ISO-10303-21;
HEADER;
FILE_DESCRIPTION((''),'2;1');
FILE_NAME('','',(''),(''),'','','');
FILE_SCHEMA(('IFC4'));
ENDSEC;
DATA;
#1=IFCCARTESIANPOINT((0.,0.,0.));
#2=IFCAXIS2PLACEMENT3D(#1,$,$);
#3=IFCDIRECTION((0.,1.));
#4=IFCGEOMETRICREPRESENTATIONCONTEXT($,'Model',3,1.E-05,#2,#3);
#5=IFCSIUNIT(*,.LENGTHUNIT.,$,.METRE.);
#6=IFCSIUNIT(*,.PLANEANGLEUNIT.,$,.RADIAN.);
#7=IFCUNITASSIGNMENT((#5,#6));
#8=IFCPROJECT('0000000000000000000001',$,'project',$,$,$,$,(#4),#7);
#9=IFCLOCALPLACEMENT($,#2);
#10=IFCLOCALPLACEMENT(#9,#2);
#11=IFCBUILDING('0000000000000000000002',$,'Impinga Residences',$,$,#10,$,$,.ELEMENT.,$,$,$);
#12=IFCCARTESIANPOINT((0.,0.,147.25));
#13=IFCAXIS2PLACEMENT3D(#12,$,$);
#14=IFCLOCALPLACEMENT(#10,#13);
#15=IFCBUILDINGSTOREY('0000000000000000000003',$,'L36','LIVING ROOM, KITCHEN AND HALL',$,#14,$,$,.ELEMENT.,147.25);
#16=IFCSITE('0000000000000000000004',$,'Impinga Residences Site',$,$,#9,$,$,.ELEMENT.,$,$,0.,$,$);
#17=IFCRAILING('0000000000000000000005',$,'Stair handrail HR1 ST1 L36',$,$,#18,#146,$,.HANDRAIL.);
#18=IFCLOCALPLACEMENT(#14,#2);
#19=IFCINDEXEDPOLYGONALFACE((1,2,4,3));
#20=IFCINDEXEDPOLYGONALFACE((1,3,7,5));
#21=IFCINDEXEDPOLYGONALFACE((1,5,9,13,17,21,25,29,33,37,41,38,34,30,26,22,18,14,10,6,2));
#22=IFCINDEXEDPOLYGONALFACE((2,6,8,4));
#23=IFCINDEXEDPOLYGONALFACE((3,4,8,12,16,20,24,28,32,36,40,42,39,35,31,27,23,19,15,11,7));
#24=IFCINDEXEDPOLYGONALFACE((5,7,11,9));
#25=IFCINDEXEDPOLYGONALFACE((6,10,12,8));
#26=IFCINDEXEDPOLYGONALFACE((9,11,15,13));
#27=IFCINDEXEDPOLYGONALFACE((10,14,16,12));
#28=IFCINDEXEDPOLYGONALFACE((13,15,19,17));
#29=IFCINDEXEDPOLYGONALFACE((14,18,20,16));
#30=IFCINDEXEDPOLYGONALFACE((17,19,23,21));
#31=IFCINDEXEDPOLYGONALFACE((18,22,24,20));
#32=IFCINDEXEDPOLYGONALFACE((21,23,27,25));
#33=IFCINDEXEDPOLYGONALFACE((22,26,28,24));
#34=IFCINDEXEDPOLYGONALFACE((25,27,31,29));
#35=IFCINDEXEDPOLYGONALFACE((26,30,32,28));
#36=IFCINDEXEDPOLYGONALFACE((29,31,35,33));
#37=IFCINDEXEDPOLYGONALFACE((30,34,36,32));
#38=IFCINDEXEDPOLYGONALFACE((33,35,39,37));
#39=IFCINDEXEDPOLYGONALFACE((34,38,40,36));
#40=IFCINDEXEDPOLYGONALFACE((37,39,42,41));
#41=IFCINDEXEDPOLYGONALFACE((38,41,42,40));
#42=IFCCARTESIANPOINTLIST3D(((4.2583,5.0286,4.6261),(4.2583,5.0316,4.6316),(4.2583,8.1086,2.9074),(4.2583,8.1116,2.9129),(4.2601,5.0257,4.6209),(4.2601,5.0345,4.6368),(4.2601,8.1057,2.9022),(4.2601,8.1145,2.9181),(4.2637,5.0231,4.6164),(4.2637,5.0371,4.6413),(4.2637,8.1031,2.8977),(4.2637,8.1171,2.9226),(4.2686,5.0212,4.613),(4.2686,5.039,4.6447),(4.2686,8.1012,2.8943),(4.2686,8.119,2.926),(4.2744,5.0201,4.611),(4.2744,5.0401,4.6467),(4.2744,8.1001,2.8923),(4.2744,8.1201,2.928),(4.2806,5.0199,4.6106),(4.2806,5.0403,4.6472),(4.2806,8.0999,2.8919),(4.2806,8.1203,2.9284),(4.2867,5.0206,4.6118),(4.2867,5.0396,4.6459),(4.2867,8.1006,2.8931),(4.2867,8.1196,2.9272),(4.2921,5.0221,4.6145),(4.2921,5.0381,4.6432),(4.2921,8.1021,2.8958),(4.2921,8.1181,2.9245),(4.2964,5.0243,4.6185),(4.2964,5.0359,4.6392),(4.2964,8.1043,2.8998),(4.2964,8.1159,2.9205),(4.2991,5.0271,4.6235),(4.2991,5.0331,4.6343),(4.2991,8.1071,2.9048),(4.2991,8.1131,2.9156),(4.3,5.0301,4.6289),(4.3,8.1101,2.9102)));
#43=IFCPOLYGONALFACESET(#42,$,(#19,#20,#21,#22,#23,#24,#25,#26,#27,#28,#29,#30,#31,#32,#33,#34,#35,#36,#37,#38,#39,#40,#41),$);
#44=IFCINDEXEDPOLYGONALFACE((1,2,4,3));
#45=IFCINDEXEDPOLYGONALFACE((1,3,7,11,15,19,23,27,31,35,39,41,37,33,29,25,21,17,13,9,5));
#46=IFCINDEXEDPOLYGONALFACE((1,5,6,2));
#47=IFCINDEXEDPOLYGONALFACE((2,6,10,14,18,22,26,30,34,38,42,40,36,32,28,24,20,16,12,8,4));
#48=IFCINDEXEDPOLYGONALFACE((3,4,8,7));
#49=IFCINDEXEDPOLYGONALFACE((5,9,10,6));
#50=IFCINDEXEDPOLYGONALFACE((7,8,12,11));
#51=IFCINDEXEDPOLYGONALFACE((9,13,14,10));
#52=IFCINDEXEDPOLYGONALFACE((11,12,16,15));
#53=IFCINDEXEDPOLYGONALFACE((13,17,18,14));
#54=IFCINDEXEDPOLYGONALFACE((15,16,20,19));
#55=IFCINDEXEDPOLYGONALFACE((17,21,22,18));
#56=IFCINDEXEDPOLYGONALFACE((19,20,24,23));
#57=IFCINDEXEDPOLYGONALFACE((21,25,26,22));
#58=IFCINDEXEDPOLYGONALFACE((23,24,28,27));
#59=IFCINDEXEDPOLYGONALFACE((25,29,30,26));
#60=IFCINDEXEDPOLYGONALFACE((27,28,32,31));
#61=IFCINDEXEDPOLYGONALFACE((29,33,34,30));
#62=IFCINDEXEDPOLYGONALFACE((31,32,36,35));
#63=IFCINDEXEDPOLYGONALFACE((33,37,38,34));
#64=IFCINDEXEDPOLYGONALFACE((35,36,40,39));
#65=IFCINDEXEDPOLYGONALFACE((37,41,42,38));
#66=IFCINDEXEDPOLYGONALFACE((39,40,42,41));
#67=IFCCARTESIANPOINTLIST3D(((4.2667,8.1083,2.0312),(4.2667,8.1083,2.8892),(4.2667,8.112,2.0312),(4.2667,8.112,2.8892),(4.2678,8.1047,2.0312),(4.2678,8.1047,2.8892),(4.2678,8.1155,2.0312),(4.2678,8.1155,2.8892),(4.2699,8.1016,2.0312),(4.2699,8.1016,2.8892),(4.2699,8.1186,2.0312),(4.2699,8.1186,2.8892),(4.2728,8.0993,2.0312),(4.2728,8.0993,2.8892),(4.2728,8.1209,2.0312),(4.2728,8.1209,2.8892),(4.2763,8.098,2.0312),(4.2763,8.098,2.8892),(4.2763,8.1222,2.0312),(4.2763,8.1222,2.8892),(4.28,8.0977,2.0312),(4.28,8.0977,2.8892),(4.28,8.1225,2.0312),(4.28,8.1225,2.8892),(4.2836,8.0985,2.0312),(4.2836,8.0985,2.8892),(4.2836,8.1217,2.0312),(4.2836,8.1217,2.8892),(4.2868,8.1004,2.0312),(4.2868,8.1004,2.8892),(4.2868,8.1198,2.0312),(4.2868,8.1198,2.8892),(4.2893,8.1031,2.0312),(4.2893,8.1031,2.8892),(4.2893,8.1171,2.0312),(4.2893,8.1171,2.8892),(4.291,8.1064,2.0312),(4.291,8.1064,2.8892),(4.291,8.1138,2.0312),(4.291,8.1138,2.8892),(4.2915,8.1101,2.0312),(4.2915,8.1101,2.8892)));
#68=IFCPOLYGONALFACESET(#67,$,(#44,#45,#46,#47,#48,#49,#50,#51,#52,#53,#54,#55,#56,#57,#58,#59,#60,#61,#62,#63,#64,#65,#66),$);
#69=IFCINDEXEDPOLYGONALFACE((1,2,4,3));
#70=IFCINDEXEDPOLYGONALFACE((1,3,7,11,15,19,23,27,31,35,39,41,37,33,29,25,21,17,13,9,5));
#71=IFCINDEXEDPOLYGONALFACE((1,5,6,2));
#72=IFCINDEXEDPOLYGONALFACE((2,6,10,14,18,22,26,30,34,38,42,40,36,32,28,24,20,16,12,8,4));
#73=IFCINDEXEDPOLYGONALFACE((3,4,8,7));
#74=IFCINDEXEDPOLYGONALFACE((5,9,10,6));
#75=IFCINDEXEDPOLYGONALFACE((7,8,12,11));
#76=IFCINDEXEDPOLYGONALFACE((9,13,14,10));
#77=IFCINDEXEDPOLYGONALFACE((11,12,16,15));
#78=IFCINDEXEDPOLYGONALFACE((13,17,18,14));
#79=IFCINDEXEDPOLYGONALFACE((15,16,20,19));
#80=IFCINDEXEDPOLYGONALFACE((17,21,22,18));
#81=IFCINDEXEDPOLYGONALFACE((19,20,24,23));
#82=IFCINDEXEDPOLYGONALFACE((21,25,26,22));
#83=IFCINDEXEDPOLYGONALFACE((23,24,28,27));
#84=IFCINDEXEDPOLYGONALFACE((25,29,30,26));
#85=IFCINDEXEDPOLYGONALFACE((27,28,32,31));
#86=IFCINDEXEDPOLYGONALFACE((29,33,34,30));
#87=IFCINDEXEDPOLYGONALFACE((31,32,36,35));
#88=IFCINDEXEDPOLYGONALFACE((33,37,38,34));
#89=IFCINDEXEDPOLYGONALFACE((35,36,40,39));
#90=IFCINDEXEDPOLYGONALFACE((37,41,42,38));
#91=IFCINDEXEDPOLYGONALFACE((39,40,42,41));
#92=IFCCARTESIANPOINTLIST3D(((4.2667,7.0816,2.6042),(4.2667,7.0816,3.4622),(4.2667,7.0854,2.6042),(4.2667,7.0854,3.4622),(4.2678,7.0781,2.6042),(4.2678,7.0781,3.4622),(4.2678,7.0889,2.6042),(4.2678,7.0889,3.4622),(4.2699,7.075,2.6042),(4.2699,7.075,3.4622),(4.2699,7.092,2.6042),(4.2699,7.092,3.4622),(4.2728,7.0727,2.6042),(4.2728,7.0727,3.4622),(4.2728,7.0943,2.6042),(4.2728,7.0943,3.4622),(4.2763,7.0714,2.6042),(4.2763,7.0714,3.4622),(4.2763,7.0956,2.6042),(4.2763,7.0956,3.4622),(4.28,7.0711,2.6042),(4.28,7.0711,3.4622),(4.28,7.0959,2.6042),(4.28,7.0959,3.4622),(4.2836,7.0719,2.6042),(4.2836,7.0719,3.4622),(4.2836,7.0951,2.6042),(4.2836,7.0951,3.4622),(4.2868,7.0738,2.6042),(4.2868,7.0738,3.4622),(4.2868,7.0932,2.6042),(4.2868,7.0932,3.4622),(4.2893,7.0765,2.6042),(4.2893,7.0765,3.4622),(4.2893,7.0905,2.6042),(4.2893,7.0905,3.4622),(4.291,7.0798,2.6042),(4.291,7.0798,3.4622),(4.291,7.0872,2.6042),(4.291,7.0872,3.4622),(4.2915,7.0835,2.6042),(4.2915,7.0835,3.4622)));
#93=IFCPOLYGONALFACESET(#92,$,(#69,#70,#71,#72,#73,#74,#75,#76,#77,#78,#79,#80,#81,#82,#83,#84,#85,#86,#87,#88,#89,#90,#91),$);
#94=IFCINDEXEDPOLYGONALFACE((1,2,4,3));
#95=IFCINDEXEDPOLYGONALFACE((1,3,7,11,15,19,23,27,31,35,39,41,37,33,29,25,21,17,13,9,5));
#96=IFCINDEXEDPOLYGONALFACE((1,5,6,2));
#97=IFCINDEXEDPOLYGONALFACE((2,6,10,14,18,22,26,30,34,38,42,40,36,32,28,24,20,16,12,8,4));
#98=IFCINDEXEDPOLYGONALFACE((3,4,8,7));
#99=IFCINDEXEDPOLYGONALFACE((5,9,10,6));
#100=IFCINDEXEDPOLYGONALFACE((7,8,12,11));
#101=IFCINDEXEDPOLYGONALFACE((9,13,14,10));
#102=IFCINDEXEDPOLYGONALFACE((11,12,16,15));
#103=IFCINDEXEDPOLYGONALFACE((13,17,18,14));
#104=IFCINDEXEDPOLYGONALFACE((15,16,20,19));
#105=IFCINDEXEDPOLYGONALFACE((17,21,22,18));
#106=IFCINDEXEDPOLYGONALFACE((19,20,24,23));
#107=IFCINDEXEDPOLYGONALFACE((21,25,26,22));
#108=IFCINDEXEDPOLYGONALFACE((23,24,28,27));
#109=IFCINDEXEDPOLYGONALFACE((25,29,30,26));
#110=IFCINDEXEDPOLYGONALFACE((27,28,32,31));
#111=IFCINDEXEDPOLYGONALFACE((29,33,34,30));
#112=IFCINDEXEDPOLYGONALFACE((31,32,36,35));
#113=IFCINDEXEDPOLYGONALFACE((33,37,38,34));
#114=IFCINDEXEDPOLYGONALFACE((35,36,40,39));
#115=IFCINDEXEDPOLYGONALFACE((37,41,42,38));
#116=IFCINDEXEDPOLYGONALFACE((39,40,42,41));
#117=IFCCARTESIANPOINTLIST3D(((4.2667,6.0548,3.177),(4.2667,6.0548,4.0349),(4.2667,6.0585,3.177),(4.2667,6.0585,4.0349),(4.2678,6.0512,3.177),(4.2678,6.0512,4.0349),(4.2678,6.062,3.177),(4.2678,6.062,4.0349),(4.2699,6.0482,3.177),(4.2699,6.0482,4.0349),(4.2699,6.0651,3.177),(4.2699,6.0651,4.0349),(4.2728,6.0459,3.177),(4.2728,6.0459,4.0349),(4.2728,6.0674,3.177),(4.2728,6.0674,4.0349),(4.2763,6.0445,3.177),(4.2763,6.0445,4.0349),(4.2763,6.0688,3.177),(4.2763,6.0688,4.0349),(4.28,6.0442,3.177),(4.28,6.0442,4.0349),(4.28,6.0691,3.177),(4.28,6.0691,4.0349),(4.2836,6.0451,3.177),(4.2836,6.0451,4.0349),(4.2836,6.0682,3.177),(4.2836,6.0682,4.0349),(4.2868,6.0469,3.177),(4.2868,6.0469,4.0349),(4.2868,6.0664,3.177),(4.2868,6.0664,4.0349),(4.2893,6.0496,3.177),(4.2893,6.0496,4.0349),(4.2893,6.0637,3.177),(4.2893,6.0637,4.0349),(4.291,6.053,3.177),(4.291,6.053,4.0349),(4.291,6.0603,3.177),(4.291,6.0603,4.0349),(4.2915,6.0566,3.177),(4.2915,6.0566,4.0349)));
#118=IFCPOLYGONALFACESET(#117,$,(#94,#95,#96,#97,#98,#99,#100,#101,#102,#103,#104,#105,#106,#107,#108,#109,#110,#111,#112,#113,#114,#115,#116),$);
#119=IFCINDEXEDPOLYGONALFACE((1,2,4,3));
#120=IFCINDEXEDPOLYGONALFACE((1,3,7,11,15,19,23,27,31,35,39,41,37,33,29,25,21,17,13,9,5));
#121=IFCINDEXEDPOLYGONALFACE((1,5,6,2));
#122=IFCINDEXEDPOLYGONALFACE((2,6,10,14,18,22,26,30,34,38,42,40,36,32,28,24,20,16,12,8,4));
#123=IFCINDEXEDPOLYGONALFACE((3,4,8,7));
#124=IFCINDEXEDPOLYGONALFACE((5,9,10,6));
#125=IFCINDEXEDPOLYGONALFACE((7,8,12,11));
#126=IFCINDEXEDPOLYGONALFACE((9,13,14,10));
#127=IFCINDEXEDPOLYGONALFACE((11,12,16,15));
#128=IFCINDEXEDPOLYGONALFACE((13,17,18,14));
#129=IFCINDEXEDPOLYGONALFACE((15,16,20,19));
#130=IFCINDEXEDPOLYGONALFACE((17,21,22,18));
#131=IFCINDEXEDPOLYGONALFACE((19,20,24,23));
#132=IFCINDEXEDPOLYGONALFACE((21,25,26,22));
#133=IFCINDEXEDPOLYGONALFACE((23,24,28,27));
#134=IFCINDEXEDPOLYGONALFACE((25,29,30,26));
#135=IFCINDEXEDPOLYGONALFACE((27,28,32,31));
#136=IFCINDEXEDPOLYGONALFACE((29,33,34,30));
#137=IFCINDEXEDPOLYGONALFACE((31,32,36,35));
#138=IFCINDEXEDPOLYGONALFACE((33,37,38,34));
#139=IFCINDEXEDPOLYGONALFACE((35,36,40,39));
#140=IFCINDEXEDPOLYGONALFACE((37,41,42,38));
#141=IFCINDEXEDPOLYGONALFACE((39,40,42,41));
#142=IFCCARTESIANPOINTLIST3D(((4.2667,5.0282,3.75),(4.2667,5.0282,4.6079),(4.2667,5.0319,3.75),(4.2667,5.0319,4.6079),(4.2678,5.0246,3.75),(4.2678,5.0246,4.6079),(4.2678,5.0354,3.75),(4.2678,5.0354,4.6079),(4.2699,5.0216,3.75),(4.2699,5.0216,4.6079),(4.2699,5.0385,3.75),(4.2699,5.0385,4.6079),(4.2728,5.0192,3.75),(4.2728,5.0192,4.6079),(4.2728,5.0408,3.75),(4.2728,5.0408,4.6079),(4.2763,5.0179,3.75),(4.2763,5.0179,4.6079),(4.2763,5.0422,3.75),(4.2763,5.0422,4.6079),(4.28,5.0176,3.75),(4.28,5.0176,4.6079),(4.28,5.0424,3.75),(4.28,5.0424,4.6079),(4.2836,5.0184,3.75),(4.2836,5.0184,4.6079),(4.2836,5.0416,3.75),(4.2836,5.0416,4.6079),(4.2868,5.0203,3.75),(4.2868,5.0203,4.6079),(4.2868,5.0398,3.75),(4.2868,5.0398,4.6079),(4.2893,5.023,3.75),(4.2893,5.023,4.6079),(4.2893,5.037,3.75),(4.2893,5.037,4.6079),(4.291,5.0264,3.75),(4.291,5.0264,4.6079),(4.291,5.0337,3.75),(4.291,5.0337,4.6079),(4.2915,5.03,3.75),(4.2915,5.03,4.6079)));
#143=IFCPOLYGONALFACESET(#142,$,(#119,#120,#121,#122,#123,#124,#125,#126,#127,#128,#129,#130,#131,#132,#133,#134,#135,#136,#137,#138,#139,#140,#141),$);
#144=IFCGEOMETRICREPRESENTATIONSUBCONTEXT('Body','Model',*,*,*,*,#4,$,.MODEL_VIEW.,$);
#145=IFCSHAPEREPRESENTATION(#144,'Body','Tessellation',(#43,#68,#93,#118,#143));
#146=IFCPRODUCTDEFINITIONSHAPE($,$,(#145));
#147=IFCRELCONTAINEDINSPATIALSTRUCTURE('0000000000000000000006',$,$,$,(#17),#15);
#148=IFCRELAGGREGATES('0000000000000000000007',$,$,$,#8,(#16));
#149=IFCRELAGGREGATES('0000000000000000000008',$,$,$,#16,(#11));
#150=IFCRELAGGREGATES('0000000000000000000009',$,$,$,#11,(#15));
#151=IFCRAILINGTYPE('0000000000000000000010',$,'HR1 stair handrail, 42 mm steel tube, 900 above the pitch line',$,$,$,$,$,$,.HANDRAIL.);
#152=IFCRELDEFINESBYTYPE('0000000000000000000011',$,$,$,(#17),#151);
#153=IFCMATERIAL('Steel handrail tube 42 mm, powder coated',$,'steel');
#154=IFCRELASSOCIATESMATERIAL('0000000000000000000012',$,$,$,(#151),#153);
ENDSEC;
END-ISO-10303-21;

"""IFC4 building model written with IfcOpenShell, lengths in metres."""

from ifc_helpers import new_model, si_unit, direction, frame, origin, origin_2d, place, context, subcontext, project, spatial, circle, extrude, material, type_object, element, save


model = new_model("IFC4")

# Units and contexts
model_context = context("Model", 3, precision=1e-05, world=origin(), true_north=direction((0.0, 1.0)))
body_context = subcontext(model_context, "Body", "Model", "MODEL_VIEW")
ifc_project = project(units=[si_unit("LENGTHUNIT", "METRE"), si_unit("PLANEANGLEUNIT", "RADIAN")], contexts=[model_context])

# Site, building, storey
site_placement = place(None, origin())
site = spatial("IfcSite", under=ifc_project, at=site_placement, Name="Impinga Residences Site", CompositionType="ELEMENT", RefElevation=0.0)
building_placement = place(site_placement, origin())
building = spatial("IfcBuilding", under=site, at=building_placement, Name="Impinga Residences", CompositionType="ELEMENT")
storey_placement = place(building_placement, frame((0.0, 0.0, 147.25)))
storey = spatial("IfcBuildingStorey", under=building, at=storey_placement, Name="L36", Description="LIVING ROOM, KITCHEN AND HALL", CompositionType="ELEMENT", Elevation=147.25)

# Railing
ifc_material_1 = material(Name="Steel handrail tube 42 mm, powder coated", Category="steel")
railing_type_1 = type_object("IfcRailingType", Name="HR1 stair handrail, 42 mm steel tube, 900 above the pitch line", PredefinedType="HANDRAIL", material=ifc_material_1)
railing_1_placement = place(storey_placement, frame((4.2791, 8.1101, 2.0312)))
element("IfcRailing", 1, at=railing_1_placement, inside=storey, type_object=railing_type_1, Name="Stair handrail HR1 ST1 L36", PredefinedType="HANDRAIL", context=body_context, shape_type="SweptSolid", body=[
    extrude(circle(Radius=0.021, at=origin_2d()), frame((0.0, 0.0, 0.8789), z_axis=(0.0, -0.873242, 0.487288), x_axis=(1.0, 0.0, 0.0)), (0.0, 0.0, 1.0), 3.5271),
    extrude(circle(Radius=0.0125, at=origin_2d()), origin(), (0.0, 0.0, 1.0), 0.8579),
    extrude(circle(Radius=0.0125, at=origin_2d()), frame((0.0, -1.0266, 0.573)), (0.0, 0.0, 1.0), 0.8579),
    extrude(circle(Radius=0.0125, at=origin_2d()), frame((0.0, -2.0535, 1.1458)), (0.0, 0.0, 1.0), 0.8579),
    extrude(circle(Radius=0.0125, at=origin_2d()), frame((0.0, -3.0801, 1.7188)), (0.0, 0.0, 1.0), 0.8579),
])

save(model, "model.ifc")
